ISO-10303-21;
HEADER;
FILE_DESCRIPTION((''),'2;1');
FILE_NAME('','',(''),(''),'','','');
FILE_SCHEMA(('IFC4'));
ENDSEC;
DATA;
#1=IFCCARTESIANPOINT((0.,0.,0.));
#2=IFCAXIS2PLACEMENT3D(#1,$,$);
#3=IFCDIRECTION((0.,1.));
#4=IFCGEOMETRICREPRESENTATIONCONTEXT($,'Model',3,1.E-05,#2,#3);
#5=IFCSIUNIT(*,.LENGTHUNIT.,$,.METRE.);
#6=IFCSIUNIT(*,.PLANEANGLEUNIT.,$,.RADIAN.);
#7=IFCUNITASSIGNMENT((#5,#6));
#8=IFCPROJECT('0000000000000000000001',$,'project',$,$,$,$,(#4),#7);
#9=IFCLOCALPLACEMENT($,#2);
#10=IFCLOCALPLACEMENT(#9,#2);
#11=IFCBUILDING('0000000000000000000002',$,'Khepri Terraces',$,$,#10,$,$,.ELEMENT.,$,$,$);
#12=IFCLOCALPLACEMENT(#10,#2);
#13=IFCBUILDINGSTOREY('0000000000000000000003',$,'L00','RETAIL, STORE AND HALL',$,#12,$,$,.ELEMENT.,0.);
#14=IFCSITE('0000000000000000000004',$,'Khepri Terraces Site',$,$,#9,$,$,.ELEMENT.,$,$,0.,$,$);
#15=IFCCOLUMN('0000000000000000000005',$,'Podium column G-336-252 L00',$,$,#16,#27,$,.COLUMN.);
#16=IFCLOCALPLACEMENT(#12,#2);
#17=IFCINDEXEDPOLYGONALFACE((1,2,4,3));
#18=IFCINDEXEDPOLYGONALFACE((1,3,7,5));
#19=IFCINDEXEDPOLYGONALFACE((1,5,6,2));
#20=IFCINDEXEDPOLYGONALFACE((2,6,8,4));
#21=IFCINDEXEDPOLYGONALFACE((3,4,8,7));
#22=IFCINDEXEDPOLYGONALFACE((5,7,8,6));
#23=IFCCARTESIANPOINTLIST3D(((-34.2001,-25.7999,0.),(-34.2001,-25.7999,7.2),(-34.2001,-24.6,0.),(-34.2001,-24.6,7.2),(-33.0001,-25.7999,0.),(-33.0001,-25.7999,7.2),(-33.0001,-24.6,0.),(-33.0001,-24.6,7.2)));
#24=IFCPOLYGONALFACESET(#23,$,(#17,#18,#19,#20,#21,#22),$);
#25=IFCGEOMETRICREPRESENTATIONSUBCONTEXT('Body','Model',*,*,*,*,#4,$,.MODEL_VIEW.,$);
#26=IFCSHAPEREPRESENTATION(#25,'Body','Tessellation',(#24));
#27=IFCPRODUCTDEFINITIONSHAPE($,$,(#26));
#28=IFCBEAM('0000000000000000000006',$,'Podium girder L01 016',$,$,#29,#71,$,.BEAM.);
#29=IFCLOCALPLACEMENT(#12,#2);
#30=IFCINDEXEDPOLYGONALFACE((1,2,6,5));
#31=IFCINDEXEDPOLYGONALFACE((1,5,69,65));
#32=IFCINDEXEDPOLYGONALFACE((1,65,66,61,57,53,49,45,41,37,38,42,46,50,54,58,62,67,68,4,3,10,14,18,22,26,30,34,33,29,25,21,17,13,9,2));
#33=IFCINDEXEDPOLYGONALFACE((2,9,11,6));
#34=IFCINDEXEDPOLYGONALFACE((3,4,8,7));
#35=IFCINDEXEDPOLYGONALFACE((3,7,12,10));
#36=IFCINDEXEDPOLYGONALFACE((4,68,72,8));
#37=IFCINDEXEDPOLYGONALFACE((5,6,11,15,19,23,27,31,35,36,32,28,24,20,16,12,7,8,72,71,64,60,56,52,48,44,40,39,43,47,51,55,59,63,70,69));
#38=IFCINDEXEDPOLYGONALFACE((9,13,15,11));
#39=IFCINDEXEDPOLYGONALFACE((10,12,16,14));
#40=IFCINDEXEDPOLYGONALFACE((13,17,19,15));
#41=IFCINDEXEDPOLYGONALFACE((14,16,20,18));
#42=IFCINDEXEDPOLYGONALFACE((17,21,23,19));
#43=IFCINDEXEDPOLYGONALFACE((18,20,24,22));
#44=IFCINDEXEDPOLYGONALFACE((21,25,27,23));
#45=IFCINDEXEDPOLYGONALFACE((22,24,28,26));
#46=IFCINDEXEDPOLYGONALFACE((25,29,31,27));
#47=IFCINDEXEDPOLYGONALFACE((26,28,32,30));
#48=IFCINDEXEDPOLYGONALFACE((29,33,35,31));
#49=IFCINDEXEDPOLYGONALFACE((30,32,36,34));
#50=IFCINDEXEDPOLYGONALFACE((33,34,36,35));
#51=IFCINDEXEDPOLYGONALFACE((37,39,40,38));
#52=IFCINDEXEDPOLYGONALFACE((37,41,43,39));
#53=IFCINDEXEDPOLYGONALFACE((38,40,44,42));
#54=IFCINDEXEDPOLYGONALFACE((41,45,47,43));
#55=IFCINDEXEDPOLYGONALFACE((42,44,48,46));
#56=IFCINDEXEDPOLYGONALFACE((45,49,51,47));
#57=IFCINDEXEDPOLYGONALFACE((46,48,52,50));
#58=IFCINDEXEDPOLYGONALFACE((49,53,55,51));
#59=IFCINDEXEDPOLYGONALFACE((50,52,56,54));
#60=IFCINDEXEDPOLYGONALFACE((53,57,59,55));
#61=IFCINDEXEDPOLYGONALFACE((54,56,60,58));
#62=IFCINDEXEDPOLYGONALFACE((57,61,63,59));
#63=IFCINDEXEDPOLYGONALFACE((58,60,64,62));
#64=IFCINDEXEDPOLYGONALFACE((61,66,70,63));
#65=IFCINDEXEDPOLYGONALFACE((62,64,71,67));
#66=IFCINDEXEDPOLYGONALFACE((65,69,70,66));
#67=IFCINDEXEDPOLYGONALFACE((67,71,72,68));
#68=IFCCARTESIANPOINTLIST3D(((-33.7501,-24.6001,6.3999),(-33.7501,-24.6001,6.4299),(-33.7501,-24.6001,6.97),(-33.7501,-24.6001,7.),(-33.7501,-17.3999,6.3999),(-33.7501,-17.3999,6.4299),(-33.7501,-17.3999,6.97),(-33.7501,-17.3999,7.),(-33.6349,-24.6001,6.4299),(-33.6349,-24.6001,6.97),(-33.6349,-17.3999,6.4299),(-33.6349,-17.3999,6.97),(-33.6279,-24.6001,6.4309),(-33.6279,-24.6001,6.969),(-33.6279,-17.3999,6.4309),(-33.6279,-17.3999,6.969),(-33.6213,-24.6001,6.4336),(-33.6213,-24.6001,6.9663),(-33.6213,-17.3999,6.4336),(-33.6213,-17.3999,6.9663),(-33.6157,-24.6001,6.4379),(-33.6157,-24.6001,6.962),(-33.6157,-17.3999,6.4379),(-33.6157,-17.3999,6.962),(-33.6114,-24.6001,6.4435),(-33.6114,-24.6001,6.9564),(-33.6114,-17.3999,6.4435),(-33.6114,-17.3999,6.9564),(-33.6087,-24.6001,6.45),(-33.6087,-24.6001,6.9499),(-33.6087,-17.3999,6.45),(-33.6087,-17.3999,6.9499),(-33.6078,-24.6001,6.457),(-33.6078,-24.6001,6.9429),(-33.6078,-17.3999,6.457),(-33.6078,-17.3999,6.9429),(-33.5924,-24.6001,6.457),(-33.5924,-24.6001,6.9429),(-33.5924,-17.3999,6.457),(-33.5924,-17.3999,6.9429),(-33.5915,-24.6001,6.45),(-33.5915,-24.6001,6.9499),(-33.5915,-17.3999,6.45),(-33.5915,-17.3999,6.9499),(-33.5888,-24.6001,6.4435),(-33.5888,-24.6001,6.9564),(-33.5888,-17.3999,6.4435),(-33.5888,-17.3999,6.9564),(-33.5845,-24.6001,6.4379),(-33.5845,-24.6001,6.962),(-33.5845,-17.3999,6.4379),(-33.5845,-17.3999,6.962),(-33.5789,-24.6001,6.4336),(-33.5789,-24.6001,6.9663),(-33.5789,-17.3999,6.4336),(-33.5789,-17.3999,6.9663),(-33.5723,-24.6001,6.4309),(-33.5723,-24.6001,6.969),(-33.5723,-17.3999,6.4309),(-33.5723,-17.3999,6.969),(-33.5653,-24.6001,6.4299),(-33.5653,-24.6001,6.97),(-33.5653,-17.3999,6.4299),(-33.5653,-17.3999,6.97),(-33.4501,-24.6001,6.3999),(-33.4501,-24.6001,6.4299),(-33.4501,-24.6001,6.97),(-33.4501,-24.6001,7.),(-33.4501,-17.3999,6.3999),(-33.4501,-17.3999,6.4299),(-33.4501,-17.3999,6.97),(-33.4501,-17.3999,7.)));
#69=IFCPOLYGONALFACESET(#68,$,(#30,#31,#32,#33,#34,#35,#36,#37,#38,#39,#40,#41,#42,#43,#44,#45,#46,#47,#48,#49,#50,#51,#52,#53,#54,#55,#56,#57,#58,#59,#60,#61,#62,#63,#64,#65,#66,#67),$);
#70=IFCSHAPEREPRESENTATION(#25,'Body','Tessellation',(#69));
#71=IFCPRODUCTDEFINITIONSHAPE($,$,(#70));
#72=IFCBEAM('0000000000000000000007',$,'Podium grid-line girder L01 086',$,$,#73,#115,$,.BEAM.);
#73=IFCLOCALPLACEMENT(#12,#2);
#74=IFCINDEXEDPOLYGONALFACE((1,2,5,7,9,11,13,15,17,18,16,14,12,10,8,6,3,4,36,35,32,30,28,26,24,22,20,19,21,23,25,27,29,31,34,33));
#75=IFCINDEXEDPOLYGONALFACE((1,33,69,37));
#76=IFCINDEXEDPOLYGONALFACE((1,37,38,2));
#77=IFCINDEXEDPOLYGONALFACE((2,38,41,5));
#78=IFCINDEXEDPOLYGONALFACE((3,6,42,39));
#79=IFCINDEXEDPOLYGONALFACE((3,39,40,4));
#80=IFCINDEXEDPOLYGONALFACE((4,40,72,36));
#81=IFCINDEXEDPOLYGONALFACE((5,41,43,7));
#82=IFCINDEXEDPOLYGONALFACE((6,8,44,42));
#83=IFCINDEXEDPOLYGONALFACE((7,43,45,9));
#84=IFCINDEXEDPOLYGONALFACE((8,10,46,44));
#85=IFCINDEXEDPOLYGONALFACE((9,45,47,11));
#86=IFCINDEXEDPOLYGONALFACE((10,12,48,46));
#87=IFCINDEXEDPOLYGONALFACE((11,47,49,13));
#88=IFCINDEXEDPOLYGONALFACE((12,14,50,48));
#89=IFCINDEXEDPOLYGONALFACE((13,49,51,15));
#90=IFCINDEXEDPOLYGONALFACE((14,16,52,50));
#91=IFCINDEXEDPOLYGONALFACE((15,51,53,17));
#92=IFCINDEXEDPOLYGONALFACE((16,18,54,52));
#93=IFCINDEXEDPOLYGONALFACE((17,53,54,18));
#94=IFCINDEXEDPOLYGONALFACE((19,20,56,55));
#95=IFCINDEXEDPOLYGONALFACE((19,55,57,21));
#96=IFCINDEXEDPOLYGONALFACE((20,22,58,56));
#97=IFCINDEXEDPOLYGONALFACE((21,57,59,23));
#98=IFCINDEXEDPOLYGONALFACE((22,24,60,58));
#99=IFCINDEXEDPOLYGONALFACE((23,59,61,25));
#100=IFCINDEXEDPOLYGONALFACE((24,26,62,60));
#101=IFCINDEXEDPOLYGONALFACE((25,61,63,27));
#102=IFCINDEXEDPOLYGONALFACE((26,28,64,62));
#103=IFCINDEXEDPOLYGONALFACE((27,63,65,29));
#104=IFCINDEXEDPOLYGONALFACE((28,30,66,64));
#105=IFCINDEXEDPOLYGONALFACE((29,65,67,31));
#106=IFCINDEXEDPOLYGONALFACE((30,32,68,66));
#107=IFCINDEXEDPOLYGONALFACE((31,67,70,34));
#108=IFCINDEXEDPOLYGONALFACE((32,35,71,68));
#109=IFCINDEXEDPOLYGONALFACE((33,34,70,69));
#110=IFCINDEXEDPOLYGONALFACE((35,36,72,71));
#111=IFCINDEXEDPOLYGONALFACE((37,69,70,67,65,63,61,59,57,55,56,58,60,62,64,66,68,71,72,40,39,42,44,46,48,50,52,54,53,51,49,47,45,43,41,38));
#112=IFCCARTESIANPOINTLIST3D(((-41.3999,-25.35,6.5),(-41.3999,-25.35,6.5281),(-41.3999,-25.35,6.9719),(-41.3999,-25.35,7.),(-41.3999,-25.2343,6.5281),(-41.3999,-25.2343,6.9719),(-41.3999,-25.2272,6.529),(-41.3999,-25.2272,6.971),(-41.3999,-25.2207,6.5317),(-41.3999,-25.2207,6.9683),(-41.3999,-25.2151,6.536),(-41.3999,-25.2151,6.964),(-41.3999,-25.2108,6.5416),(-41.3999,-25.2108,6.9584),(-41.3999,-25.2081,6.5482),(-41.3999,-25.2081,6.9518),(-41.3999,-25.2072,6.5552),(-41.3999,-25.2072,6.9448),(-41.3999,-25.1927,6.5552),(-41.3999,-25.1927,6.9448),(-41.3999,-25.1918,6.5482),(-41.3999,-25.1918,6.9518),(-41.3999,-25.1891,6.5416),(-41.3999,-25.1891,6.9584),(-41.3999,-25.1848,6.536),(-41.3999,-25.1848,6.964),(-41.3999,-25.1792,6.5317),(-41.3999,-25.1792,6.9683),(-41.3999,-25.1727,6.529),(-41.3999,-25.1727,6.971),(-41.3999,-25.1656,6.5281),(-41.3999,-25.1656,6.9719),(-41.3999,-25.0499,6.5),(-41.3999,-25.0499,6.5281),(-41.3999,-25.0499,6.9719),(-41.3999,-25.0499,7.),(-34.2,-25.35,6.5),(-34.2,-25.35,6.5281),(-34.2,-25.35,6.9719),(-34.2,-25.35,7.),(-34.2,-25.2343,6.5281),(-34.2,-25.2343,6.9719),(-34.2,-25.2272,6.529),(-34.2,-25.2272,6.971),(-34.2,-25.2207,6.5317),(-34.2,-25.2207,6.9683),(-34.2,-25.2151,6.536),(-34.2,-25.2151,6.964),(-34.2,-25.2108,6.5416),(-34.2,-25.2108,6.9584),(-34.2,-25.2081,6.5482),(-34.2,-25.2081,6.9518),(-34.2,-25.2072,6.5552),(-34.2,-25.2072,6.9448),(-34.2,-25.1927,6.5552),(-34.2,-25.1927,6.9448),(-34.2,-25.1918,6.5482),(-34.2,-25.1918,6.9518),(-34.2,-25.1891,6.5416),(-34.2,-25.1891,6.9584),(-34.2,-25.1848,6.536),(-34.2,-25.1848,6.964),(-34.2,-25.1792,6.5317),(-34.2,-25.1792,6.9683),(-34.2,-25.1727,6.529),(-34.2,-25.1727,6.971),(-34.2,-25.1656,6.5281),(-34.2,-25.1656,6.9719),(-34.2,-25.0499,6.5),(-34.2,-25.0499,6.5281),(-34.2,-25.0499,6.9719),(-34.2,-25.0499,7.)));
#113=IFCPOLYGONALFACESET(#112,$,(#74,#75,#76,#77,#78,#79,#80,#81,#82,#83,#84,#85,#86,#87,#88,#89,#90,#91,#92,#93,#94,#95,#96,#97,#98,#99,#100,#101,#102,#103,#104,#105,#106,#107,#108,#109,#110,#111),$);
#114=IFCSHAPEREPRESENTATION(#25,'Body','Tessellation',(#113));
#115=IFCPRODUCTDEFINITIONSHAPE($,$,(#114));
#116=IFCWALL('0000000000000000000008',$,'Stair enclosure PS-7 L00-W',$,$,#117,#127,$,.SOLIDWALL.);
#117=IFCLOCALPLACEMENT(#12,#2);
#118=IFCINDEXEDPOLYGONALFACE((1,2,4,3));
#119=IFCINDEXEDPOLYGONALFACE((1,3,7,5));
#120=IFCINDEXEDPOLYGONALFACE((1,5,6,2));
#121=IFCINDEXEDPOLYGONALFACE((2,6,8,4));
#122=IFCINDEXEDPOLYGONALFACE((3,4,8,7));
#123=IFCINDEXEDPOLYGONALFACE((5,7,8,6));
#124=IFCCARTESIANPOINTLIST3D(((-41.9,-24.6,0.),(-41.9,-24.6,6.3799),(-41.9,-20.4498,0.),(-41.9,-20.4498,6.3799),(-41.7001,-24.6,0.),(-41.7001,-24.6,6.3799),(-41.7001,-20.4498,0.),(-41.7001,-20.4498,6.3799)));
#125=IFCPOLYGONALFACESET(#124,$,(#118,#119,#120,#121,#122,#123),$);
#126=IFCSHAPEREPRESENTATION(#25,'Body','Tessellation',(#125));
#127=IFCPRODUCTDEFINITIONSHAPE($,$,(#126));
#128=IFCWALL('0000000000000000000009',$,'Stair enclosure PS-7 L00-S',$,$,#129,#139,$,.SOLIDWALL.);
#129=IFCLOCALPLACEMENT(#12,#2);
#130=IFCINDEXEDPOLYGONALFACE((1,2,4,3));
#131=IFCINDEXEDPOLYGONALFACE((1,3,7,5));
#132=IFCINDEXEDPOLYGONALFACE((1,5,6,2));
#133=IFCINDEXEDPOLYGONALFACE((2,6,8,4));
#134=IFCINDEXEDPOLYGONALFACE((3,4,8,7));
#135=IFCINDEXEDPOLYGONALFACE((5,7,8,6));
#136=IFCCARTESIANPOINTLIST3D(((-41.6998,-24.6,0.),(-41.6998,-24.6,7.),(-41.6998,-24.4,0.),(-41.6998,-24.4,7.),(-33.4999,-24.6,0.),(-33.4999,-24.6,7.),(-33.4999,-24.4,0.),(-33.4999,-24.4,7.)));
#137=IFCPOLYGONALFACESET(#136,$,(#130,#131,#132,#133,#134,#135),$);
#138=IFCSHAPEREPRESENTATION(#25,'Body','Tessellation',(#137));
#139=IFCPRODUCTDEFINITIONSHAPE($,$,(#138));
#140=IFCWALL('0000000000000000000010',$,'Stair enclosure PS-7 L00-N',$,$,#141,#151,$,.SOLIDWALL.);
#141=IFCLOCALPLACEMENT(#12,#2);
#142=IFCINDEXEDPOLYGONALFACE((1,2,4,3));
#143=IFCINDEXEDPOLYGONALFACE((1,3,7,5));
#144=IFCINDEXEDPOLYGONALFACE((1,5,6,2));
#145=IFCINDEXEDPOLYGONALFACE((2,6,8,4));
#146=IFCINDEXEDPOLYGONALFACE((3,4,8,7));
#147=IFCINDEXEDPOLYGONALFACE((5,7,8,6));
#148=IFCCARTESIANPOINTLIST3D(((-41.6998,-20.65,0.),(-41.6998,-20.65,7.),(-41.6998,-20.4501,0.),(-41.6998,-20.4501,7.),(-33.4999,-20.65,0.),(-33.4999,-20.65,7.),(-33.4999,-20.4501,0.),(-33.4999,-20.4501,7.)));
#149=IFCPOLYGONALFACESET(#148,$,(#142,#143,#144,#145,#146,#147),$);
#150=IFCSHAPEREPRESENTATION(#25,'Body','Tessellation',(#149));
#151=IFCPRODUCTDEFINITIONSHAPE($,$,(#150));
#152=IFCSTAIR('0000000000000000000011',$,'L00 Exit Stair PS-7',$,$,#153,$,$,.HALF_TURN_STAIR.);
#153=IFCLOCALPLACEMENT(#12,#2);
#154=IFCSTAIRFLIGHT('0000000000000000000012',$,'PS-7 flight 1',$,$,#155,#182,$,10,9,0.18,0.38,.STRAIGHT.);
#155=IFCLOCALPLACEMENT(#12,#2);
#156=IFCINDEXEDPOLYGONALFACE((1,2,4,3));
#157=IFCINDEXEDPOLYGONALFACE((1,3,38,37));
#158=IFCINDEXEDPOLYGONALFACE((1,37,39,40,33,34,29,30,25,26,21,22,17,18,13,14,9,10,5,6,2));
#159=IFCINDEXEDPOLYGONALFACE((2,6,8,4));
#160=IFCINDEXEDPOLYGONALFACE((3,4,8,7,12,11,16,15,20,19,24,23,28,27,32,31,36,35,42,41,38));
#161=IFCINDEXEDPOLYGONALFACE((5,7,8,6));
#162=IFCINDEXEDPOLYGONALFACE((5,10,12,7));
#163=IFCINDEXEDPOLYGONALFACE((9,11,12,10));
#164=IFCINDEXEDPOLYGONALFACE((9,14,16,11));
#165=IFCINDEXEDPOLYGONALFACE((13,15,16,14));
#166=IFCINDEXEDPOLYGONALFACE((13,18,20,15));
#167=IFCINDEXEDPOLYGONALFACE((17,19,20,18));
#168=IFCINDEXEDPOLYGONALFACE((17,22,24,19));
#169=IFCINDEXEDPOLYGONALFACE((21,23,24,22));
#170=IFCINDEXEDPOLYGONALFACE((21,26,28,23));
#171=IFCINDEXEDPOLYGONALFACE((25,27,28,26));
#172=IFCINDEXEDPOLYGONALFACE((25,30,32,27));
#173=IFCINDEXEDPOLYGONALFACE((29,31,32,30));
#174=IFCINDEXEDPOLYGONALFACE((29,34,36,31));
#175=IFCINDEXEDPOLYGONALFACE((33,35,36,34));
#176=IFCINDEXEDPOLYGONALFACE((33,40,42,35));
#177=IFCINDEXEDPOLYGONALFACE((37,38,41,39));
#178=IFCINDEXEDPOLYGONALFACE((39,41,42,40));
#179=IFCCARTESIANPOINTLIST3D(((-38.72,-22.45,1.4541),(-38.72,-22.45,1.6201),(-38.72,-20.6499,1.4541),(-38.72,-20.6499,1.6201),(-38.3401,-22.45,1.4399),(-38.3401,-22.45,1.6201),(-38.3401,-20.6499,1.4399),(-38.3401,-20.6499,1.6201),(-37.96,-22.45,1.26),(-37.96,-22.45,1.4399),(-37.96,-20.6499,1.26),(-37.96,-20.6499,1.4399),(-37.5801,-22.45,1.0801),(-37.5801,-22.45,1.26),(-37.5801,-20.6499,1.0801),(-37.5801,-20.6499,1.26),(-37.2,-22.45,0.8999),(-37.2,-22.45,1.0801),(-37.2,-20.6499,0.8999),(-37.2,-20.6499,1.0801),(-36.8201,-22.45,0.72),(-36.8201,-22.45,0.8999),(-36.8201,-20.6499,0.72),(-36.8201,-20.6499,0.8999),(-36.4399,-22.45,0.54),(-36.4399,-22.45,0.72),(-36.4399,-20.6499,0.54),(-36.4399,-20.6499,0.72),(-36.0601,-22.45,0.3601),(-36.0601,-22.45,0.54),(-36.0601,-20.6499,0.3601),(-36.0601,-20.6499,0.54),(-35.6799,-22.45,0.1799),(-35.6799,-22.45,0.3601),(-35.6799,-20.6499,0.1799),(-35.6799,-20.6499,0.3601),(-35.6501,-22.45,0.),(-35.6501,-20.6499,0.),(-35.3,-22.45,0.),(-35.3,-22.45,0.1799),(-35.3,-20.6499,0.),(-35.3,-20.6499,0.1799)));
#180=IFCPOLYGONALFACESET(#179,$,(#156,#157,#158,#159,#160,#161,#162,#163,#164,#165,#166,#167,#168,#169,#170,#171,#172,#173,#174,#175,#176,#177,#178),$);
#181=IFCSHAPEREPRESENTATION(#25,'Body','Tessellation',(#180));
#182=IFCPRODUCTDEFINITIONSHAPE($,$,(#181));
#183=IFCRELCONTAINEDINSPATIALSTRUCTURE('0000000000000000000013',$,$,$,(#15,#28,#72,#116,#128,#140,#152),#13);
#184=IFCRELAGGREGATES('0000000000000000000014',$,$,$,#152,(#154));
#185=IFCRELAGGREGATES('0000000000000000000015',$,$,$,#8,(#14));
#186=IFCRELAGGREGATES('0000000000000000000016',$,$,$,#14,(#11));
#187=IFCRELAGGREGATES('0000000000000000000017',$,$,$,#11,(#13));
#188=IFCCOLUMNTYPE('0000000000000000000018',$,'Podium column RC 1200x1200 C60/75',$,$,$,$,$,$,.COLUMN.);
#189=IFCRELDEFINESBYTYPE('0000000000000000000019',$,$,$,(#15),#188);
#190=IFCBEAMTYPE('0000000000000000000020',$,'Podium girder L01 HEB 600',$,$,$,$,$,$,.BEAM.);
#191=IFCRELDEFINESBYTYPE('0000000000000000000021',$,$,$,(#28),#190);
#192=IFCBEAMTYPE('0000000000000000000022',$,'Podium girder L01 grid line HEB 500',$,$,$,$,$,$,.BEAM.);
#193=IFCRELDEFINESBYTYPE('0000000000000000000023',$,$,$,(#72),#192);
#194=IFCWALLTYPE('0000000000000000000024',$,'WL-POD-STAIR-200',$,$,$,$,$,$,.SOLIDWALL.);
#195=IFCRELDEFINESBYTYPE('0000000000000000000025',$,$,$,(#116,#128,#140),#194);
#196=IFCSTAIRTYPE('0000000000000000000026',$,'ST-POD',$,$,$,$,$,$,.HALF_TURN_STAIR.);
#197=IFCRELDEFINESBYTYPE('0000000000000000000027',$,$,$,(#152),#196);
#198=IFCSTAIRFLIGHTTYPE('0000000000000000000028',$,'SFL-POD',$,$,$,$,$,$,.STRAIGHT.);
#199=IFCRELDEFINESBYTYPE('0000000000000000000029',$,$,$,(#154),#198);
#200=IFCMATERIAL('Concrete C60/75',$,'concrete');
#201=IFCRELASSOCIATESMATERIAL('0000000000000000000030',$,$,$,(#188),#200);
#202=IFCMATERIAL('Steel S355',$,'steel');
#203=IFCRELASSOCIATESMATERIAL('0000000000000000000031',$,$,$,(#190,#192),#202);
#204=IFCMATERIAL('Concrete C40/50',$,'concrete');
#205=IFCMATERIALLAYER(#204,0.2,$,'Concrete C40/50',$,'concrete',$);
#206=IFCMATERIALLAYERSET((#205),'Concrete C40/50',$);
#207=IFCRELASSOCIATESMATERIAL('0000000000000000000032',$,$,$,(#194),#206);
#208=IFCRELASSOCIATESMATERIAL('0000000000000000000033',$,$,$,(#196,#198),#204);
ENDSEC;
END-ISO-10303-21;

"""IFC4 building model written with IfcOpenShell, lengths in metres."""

from ifc_helpers import new_model, si_unit, direction, frame, frame_2d, origin, origin_2d, place, context, subcontext, project, spatial, polyline, rectangle, i_section, outline, extrude, material, layer, layer_set, material_profile, profile_set, type_object, element, aggregate, save


model = new_model("IFC4")

# Units and contexts
model_context = context("Model", 3, precision=1e-05, world=origin(), true_north=direction((0.0, 1.0)))
body_context = subcontext(model_context, "Body", "Model", "MODEL_VIEW")
ifc_project = project(units=[si_unit("LENGTHUNIT", "METRE"), si_unit("PLANEANGLEUNIT", "RADIAN")], contexts=[model_context])

# Site, building, storey
site_placement = place(None, origin())
site = spatial("IfcSite", under=ifc_project, at=site_placement, Name="Khepri Terraces Site", CompositionType="ELEMENT", RefElevation=0.0)
building_placement = place(site_placement, origin())
building = spatial("IfcBuilding", under=site, at=building_placement, Name="Khepri Terraces", CompositionType="ELEMENT")
storey_placement = place(building_placement, origin())
storey = spatial("IfcBuildingStorey", under=building, at=storey_placement, Name="L00", Description="RETAIL, STORE AND HALL", CompositionType="ELEMENT", Elevation=0.0)

# Column
ifc_material_1 = material(Name="Concrete C60/75", Category="concrete")
ifc_material_profile_1 = material_profile(ifc_material_1, rectangle(XDim=1.2, YDim=1.2, at=origin_2d()), Name="Concrete C60/75", Category="concrete")
ifc_profile_set_1 = profile_set([ifc_material_profile_1], Name="Concrete C60/75")
column_type = type_object("IfcColumnType", Name="Podium column RC 1200x1200 C60/75", PredefinedType="COLUMN", material=ifc_profile_set_1)
column_placement = place(storey_placement, frame((-33.6001, -25.2, 0.0), z_axis=(0.0, 0.0, 1.0), x_axis=(1.0, 0.0, 0.0)))
element("IfcColumn", 1, at=column_placement, inside=storey, type_object=column_type, Name="Podium column G-336-252 L00", PredefinedType="COLUMN", context=body_context, shape_type="SweptSolid", body=[
    extrude(rectangle(XDim=1.2, YDim=1.2, at=origin_2d()), origin(), (0.0, 0.0, 1.0), 7.2),
])

# Beams
ifc_material_2 = material(Name="Steel S355", Category="steel")
ifc_material_profile_2 = material_profile(ifc_material_2, i_section(OverallWidth=0.3, OverallDepth=0.6001, WebThickness=0.0154, FlangeThickness=0.03, FilletRadius=0.0271, at=origin_2d()), Name="Steel S355", Category="steel")
ifc_profile_set_2 = profile_set([ifc_material_profile_2], Name="Steel S355")
beam_type_1 = type_object("IfcBeamType", Name="Podium girder L01 HEB 600", PredefinedType="BEAM", material=ifc_profile_set_2)
beam_1_placement = place(storey_placement, frame((-33.6001, -24.6001, 6.7), z_axis=(0.0, 1.0, 0.0), x_axis=(-1.0, 0.0, 0.0)))
element("IfcBeam", 2, at=beam_1_placement, inside=storey, type_object=beam_type_1, Name="Podium girder L01 016", PredefinedType="BEAM", context=body_context, shape_type="SweptSolid", body=[
    extrude(i_section(OverallWidth=0.3, OverallDepth=0.6001, WebThickness=0.0154, FlangeThickness=0.03, FilletRadius=0.0271, at=origin_2d()), origin(), (0.0, 0.0, 1.0), 7.2002),
])
ifc_material_profile_3 = material_profile(ifc_material_2, i_section(OverallWidth=0.3, OverallDepth=0.5, WebThickness=0.0144, FlangeThickness=0.0281, FilletRadius=0.0271, at=origin_2d()), Name="Steel S355", Category="steel")
ifc_profile_set_3 = profile_set([ifc_material_profile_3], Name="Steel S355")
beam_type_2 = type_object("IfcBeamType", Name="Podium girder L01 grid line HEB 500", PredefinedType="BEAM", material=ifc_profile_set_3)
beam_2_placement = place(storey_placement, frame((-41.3999, -25.2, 6.75), z_axis=(1.0, 0.0, 0.0), x_axis=(0.0, 1.0, 0.0)))
element("IfcBeam", 3, at=beam_2_placement, inside=storey, type_object=beam_type_2, Name="Podium grid-line girder L01 086", PredefinedType="BEAM", context=body_context, shape_type="SweptSolid", body=[
    extrude(i_section(OverallWidth=0.3, OverallDepth=0.5, WebThickness=0.0144, FlangeThickness=0.0281, FilletRadius=0.0271, at=origin_2d()), origin(), (0.0, 0.0, 1.0), 7.2),
])

# Walls
ifc_material_3 = material(Name="Concrete C40/50", Category="concrete")
ifc_layer = layer(ifc_material_3, 0.2, Name="Concrete C40/50", Category="concrete")
ifc_layer_set = layer_set([ifc_layer], Name="Concrete C40/50")
wall_type = type_object("IfcWallType", Name="WL-POD-STAIR-200", PredefinedType="SOLIDWALL", material=ifc_layer_set)
wall_placement = place(storey_placement, frame((-41.8, -24.6001, 0.0), z_axis=(0.0, 0.0, 1.0), x_axis=(0.0, 1.0, 0.0)))
element("IfcWall", 4, at=wall_placement, inside=storey, type_object=wall_type, Name="Stair enclosure PS-7 L00-W", PredefinedType="SOLIDWALL", context=body_context, shape_type="SweptSolid", body=[
    extrude(rectangle(XDim=4.1501, YDim=0.2, at=frame_2d((2.0752, 0.0))), origin(), (0.0, 0.0, 1.0), 6.3799),
])
for number, where, z_axis, x_axis, name in (
    (5, (-41.7, -24.5, 0.0), (0.0, 0.0, 1.0), (1.0, 0.0, 0.0), "Stair enclosure PS-7 L00-S"),
    (6, (-41.7, -20.55, 0.0), (0.0, 0.0, 1.0), (1.0, 0.0, 0.0), "Stair enclosure PS-7 L00-N"),
):
    element("IfcWall", number, at=place(storey_placement, frame(where, z_axis=z_axis, x_axis=x_axis)), inside=storey, type_object=wall_type, Name=name, PredefinedType="SOLIDWALL", context=body_context, shape_type="SweptSolid", body=[
        extrude(rectangle(XDim=8.2, YDim=0.2, at=frame_2d((4.1001, 0.0))), origin(), (0.0, 0.0, 1.0), 7.0),
    ])

# Stair, stair flight
stair_type = type_object("IfcStairType", Name="ST-POD", PredefinedType="HALF_TURN_STAIR", material=ifc_material_3)
stair_placement = place(storey_placement, origin())
stair = element("IfcStair", 7, at=stair_placement, inside=storey, type_object=stair_type, Name="L00 Exit Stair PS-7", PredefinedType="HALF_TURN_STAIR")
stair_flight_type = type_object("IfcStairFlightType", Name="SFL-POD", PredefinedType="STRAIGHT", material=ifc_material_3)
stair_flight_1_placement = place(storey_placement, frame((-35.3, -21.55, 0.0), z_axis=(0.0, 0.0, 1.0), x_axis=(-1.0, 0.0, 0.0)))
stair_flight_1 = element("IfcStairFlight", 8, at=stair_flight_1_placement, type_object=stair_flight_type, Name="PS-7 flight 1", NumberOfRisers=10, NumberOfTreads=9, PredefinedType="STRAIGHT", RiserHeight=0.18, TreadLength=0.38, context=body_context, shape_type="SweptSolid", body=[
    extrude(outline(polyline([(0.0, 0.0), (0.0, 0.1799), (0.3799, 0.1799), (0.3799, 0.3601), (0.76, 0.3601), (0.76, 0.54), (1.1399, 0.54), (1.1399, 0.72), (1.52, 0.72), (1.52, 0.8999), (1.8999, 0.8999), (1.8999, 1.0801), (2.28, 1.0801), (2.28, 1.26), (2.6599, 1.26), (2.6599, 1.4399), (3.04, 1.4399), (3.04, 1.6201), (3.4199, 1.6201), (3.4199, 1.8), (3.4199, 1.4541), (0.3501, 0.0), (0.0, 0.0)])), frame((0.0, 0.8999, 0.0), z_axis=(0.0, -1.0, 0.0), x_axis=(1.0, 0.0, 0.0)), (0.0, 0.0, 1.0), 1.8),
])
aggregate(stair, [stair_flight_1])

save(model, "model.ifc")
